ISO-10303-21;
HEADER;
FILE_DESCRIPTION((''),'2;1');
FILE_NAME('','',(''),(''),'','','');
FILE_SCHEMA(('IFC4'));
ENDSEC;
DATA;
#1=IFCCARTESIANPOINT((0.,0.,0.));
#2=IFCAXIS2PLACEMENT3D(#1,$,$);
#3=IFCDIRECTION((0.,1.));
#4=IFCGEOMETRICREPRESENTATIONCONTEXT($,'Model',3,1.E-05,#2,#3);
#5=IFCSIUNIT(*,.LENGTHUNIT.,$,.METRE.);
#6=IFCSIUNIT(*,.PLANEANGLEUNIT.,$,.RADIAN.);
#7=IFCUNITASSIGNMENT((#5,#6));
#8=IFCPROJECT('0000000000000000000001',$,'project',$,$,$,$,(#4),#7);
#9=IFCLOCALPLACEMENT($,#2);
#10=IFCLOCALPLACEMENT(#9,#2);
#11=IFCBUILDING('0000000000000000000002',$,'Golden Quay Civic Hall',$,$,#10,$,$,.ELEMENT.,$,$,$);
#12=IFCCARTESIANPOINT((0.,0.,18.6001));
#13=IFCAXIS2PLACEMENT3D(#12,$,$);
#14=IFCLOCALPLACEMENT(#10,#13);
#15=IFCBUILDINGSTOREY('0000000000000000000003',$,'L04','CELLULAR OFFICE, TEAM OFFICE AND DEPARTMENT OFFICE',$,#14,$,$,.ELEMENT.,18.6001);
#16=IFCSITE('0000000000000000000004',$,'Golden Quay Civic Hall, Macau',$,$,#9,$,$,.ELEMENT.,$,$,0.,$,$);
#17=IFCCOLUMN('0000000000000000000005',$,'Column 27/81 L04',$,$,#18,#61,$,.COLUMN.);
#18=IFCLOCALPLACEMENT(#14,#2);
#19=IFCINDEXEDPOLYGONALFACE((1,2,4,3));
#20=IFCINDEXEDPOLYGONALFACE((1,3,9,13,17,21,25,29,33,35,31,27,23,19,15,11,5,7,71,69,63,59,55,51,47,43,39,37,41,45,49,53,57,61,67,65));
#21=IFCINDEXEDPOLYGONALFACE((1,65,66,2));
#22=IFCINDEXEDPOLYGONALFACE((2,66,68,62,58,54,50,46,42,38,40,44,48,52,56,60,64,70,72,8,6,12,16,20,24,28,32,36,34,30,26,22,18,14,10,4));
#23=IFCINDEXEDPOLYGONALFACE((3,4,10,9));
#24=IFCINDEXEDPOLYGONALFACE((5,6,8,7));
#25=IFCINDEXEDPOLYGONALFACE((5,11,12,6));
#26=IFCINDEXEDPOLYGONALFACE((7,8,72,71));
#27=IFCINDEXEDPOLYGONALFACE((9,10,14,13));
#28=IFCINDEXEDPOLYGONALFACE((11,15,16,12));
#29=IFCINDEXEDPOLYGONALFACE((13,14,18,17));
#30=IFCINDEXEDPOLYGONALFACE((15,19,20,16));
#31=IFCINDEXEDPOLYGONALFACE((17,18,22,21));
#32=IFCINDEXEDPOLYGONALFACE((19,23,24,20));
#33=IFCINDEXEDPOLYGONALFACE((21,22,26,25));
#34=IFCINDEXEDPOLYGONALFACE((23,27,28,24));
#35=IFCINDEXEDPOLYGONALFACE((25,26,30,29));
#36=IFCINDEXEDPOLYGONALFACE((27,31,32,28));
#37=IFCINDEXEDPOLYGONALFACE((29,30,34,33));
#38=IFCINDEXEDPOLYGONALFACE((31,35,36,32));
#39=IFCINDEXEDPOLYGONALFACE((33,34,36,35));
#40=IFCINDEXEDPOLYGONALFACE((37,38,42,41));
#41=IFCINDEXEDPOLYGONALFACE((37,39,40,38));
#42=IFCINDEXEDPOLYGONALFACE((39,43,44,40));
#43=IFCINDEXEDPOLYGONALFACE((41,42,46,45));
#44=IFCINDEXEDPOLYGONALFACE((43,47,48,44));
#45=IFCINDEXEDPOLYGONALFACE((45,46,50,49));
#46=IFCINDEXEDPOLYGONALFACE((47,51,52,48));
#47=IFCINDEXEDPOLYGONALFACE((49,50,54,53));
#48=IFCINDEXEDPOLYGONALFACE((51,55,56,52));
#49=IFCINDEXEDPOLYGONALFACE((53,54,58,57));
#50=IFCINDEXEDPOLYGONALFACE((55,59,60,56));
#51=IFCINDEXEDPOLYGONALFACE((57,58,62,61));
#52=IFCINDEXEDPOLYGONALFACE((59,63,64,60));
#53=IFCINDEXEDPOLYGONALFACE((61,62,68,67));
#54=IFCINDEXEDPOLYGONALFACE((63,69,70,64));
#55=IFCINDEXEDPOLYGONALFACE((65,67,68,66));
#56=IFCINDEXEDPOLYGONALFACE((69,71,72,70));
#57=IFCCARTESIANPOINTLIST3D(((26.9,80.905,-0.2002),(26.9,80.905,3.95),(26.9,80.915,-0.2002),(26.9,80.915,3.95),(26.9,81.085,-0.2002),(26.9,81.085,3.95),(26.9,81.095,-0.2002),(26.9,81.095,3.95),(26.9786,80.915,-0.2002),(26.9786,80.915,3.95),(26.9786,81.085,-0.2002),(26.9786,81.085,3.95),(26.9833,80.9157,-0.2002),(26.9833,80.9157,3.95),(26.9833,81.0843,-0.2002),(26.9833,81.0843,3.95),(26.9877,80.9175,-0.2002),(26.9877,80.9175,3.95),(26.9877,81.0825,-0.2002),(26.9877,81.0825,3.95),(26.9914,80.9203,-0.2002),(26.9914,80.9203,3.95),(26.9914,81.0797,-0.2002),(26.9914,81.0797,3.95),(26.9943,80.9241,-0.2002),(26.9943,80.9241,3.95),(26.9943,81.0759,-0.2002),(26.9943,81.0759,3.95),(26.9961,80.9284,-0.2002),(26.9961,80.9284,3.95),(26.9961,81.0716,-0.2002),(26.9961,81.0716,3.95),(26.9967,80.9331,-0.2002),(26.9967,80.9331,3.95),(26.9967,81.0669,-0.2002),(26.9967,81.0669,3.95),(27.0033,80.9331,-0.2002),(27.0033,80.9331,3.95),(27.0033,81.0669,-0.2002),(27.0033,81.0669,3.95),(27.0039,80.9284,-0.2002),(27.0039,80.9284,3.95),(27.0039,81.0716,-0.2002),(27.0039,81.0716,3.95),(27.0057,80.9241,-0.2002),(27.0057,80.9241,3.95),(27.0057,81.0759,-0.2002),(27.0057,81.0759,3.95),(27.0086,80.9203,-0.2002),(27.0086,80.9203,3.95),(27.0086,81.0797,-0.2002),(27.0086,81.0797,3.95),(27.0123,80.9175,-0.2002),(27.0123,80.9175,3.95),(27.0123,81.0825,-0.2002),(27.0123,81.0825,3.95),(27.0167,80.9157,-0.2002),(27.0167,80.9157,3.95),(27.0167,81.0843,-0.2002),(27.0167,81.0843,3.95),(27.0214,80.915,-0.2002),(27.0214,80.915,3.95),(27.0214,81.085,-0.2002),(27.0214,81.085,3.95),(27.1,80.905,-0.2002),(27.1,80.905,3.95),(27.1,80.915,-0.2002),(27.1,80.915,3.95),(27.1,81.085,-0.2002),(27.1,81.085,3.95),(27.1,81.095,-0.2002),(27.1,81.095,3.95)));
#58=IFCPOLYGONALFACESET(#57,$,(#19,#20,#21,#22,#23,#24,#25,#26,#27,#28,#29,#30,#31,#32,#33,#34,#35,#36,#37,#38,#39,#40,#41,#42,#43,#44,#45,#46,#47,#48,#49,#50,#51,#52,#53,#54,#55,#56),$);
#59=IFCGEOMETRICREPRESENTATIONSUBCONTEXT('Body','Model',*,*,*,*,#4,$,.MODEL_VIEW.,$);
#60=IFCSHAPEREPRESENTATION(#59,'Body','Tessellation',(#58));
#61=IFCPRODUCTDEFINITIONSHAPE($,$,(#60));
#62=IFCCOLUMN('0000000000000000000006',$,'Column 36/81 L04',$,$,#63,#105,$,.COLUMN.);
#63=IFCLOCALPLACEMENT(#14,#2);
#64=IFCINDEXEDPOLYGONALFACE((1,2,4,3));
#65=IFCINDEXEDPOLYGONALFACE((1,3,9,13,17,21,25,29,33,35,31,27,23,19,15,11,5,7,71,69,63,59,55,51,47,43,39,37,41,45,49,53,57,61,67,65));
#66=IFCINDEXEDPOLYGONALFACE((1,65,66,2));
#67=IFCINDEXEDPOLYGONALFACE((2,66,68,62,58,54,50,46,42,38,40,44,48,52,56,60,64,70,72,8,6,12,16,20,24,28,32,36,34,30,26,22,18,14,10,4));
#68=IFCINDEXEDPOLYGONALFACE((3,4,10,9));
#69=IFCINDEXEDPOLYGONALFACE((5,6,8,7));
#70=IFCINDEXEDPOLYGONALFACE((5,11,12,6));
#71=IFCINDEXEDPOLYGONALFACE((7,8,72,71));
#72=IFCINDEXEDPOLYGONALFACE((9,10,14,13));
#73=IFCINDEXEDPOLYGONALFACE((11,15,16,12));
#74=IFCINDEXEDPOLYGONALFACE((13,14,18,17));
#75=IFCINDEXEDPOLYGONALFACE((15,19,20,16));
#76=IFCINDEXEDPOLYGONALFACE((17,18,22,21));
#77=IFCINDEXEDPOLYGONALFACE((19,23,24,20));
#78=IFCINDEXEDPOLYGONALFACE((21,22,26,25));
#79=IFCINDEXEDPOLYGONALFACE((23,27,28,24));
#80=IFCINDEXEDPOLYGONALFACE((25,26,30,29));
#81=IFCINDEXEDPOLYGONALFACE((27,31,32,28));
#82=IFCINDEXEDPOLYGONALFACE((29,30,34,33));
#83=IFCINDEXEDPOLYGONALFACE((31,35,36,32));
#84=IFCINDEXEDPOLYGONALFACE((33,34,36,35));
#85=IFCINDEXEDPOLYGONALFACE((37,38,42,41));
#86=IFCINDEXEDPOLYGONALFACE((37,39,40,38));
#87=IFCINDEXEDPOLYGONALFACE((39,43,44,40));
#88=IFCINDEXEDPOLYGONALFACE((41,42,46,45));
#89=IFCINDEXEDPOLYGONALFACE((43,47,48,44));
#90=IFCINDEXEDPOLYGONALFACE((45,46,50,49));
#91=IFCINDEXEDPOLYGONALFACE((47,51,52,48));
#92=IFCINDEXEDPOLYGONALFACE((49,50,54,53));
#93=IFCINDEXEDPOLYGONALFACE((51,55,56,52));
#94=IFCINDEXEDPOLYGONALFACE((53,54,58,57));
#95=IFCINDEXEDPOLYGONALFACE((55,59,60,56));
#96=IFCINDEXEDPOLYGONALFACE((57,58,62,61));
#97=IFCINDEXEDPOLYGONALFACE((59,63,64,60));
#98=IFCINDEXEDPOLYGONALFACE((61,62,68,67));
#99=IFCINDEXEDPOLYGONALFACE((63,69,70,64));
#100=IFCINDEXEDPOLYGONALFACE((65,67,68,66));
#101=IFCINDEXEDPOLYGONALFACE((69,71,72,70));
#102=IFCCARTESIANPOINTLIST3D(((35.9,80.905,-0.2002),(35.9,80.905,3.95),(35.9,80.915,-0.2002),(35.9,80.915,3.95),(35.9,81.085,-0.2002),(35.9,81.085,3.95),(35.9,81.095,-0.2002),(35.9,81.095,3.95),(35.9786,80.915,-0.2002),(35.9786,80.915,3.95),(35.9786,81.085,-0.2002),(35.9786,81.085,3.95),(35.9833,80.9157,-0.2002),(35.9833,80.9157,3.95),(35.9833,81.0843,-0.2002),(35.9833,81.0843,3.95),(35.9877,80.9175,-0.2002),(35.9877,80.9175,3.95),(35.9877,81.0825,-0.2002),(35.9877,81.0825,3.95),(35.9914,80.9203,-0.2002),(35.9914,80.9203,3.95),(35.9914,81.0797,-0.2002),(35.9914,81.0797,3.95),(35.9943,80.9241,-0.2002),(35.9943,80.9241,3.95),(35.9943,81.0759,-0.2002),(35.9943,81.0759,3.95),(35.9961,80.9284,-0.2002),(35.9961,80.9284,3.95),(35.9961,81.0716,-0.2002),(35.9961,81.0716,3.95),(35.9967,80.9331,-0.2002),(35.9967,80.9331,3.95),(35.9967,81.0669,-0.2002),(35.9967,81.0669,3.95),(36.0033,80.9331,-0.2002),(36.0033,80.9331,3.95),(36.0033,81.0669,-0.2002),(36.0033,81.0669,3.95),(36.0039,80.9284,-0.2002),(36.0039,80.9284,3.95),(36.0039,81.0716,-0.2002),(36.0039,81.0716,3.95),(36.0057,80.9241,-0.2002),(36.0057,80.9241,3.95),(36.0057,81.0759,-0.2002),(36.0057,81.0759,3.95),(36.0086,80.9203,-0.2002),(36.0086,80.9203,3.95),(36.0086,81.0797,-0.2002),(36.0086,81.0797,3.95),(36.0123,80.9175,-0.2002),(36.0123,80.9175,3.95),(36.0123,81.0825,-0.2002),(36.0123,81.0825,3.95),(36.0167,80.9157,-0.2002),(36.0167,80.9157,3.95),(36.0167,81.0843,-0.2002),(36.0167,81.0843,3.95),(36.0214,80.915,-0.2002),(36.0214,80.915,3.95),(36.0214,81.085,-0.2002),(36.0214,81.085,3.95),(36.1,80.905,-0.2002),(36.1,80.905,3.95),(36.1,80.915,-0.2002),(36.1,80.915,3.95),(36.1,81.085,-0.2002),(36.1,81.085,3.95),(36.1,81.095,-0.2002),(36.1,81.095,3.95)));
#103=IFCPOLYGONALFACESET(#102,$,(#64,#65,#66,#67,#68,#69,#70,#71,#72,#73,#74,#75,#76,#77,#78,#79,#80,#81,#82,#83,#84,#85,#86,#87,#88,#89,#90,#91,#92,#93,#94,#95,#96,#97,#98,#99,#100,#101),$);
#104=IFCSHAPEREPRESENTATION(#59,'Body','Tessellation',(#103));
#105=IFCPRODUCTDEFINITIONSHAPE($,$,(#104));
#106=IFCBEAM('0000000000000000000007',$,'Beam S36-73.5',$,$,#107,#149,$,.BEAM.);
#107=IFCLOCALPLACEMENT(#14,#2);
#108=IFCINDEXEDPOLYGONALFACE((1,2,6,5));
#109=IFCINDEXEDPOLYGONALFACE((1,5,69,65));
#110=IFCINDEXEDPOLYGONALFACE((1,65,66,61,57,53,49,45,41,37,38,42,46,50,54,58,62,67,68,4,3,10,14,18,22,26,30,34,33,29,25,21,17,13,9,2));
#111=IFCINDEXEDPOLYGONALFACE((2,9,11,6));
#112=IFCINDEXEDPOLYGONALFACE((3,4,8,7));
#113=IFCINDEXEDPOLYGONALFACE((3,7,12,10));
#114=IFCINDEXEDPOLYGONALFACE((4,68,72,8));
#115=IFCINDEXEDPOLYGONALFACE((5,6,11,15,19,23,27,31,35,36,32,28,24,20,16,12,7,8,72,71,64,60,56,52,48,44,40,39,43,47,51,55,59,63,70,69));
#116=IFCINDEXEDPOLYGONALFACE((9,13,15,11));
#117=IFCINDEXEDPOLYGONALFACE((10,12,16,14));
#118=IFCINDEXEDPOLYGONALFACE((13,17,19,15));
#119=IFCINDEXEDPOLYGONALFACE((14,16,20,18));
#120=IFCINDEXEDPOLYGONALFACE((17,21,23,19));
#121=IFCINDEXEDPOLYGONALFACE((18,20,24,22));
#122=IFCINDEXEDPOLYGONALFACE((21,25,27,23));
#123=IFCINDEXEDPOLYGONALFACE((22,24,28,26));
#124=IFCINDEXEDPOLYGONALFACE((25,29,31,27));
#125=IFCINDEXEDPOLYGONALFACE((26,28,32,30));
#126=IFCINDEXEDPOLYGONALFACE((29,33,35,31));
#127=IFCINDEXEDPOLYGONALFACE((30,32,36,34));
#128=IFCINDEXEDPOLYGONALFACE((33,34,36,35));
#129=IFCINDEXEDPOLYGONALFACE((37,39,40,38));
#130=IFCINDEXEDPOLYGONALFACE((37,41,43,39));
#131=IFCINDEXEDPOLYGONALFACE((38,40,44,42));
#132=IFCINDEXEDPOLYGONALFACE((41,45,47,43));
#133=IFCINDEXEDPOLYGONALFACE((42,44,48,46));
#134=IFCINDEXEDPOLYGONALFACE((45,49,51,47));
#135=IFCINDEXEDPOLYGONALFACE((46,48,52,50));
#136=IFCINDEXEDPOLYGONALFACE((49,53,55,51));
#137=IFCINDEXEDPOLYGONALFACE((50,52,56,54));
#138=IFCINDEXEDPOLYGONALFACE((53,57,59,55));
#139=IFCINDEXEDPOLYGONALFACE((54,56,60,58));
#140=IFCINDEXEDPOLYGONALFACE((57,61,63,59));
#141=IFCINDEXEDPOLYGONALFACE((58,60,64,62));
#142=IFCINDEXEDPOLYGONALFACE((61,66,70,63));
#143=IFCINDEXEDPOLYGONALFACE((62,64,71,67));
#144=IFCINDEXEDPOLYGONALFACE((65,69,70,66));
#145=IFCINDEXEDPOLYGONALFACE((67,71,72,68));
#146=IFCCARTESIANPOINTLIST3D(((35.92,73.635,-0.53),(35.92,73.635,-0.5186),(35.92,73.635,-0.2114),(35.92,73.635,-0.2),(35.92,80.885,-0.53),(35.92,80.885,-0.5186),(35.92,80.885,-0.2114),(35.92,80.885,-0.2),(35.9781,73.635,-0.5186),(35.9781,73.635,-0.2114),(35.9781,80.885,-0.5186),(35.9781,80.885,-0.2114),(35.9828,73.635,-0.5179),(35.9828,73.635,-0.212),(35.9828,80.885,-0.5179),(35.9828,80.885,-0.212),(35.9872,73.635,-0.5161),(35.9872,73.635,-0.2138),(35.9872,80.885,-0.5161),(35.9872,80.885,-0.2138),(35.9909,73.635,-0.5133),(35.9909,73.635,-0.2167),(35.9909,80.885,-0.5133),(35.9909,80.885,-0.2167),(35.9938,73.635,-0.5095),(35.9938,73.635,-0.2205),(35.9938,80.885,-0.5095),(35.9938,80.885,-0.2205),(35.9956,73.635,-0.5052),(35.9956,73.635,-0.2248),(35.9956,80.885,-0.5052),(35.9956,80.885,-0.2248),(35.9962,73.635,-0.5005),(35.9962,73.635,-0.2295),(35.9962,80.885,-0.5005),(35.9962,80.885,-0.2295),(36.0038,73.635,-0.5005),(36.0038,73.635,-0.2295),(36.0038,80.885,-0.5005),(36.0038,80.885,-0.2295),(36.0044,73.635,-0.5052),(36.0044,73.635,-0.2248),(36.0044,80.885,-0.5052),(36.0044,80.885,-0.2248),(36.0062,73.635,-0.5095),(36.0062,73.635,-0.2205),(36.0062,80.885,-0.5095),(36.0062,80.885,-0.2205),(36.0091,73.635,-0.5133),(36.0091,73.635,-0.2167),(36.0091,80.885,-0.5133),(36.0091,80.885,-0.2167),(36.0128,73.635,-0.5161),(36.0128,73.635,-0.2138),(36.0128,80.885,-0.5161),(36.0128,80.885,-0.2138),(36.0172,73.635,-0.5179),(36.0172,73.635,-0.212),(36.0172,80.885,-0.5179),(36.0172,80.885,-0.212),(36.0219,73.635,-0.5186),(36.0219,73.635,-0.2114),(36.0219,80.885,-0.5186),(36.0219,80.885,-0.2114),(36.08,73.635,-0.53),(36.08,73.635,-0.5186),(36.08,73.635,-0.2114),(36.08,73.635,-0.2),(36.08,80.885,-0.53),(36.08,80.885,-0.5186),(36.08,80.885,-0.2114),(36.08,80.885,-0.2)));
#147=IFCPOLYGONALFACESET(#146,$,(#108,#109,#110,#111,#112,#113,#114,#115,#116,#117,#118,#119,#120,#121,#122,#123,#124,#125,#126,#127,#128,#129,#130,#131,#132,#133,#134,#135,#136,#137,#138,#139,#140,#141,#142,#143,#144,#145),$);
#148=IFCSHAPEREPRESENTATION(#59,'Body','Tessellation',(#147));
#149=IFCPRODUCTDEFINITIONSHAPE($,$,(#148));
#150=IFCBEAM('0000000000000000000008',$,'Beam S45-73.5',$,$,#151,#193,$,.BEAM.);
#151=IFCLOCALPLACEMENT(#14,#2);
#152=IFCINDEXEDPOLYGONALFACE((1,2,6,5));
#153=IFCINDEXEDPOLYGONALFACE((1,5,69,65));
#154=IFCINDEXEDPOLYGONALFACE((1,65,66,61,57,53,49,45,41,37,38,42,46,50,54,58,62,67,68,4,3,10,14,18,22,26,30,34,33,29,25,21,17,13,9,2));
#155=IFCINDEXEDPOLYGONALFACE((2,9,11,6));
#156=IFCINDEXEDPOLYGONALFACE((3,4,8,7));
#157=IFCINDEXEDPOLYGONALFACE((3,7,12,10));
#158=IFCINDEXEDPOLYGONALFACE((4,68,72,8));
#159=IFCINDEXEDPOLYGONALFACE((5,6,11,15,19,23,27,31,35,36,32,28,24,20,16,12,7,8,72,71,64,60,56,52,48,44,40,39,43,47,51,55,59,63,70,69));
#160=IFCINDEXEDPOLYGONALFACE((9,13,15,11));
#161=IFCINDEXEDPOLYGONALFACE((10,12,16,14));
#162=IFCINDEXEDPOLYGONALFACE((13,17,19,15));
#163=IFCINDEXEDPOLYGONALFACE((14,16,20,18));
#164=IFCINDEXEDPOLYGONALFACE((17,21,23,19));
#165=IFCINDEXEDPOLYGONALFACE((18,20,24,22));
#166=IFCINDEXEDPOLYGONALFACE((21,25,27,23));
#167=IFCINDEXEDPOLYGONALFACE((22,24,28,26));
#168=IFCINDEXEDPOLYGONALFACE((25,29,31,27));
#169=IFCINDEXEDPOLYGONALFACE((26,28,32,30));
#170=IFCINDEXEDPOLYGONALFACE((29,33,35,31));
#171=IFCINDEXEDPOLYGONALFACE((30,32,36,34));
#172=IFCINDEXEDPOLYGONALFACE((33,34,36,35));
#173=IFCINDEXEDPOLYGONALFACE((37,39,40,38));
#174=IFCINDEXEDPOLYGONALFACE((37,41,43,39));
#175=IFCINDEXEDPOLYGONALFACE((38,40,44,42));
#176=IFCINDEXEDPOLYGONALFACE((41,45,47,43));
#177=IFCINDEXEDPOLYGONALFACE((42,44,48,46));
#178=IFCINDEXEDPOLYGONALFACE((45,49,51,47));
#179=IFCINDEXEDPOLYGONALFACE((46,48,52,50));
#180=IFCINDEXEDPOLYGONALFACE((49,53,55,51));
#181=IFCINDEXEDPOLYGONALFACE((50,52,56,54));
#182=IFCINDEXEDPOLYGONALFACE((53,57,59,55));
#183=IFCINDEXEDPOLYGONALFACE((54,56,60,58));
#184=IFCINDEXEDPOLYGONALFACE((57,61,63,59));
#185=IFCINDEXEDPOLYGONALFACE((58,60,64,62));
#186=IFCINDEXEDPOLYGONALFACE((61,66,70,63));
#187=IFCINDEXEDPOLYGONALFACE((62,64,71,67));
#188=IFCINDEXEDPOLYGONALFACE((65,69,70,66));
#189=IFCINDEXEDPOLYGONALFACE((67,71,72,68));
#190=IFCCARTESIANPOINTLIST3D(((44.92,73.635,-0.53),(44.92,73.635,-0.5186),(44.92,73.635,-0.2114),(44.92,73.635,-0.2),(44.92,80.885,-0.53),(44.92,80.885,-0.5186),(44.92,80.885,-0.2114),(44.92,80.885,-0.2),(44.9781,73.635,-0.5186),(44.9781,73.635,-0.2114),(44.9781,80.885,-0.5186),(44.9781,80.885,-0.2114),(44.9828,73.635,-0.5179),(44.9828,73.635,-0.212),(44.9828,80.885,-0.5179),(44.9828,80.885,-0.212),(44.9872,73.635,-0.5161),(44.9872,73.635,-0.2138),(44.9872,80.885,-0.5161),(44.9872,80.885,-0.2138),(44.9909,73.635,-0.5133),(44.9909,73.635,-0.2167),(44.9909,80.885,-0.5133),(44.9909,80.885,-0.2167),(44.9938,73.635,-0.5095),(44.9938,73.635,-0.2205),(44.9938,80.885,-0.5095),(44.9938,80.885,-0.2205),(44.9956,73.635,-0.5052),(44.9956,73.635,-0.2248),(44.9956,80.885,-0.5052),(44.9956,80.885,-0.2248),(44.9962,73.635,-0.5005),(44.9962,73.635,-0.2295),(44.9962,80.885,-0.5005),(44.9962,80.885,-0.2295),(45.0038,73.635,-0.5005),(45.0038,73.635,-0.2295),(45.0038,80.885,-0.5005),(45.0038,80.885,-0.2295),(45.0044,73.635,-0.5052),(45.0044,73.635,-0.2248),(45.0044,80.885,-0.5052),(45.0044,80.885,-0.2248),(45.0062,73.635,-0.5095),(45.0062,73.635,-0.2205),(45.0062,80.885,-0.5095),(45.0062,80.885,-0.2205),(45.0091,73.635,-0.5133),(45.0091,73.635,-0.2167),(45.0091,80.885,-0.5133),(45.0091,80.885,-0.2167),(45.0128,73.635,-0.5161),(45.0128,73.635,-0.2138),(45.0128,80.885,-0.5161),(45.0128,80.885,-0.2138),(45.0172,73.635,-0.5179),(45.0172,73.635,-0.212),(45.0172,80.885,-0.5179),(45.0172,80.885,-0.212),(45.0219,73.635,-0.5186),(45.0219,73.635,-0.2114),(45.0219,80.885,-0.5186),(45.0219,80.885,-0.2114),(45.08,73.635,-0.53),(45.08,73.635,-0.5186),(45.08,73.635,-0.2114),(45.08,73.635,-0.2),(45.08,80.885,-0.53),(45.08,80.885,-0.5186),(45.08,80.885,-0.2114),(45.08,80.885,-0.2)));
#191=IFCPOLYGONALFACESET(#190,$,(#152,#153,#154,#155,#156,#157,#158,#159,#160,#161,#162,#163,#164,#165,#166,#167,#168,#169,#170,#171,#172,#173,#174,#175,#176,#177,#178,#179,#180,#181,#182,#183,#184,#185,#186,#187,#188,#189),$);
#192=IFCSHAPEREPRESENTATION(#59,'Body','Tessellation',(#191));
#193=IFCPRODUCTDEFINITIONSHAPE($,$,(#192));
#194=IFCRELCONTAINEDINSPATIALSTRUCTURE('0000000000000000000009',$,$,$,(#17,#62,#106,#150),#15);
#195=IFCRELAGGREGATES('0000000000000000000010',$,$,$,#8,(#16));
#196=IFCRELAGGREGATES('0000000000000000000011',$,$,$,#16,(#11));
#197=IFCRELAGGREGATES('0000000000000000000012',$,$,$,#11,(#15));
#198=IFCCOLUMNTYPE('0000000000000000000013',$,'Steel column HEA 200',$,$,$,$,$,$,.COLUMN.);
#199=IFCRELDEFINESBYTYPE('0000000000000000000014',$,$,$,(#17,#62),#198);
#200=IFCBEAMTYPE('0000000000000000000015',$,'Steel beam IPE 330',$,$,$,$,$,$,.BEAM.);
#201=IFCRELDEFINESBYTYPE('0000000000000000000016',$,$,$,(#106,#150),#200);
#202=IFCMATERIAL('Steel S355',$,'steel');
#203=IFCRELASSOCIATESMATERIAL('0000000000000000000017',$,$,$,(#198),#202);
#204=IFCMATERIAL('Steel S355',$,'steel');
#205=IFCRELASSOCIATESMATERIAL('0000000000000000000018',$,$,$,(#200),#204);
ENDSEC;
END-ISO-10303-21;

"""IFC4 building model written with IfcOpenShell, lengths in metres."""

from ifc_helpers import new_model, si_unit, direction, frame, origin, origin_2d, place, context, subcontext, project, spatial, i_section, extrude, material, material_profile, profile_set, type_object, element, save


model = new_model("IFC4")

# Units and contexts
model_context = context("Model", 3, precision=1e-05, world=origin(), true_north=direction((0.0, 1.0)))
body_context = subcontext(model_context, "Body", "Model", "MODEL_VIEW")
ifc_project = project(units=[si_unit("LENGTHUNIT", "METRE"), si_unit("PLANEANGLEUNIT", "RADIAN")], contexts=[model_context])

# Site, building, storey
site_placement = place(None, origin())
site = spatial("IfcSite", under=ifc_project, at=site_placement, Name="Golden Quay Civic Hall, Macau", CompositionType="ELEMENT", RefElevation=0.0)
building_placement = place(site_placement, origin())
building = spatial("IfcBuilding", under=site, at=building_placement, Name="Golden Quay Civic Hall", CompositionType="ELEMENT")
storey_placement = place(building_placement, frame((0.0, 0.0, 18.6001)))
storey = spatial("IfcBuildingStorey", under=building, at=storey_placement, Name="L04", Description="CELLULAR OFFICE, TEAM OFFICE AND DEPARTMENT OFFICE", CompositionType="ELEMENT", Elevation=18.6001)

# Columns
ifc_material_1 = material(Name="Steel S355", Category="steel")
ifc_material_profile_1 = material_profile(ifc_material_1, i_section(OverallWidth=0.2, OverallDepth=0.1899, WebThickness=0.0066, FlangeThickness=0.01, FilletRadius=0.0181, at=origin_2d()), Name="HEA 200")
ifc_profile_set_1 = profile_set([ifc_material_profile_1], Name="Steel S355")
column_type = type_object("IfcColumnType", Name="Steel column HEA 200", PredefinedType="COLUMN", material=ifc_profile_set_1)
for number, where, z_axis, x_axis, name in (
    (1, (27.0, 81.0, -0.2002), (0.0, 0.0, 1.0), (1.0, 0.0, 0.0), "Column 27/81 L04"),
    (2, (36.0, 81.0, -0.2002), (0.0, 0.0, 1.0), (1.0, 0.0, 0.0), "Column 36/81 L04"),
):
    element("IfcColumn", number, at=place(storey_placement, frame(where, z_axis=z_axis, x_axis=x_axis)), inside=storey, type_object=column_type, Name=name, PredefinedType="COLUMN", context=body_context, shape_type="SweptSolid", body=[
        extrude(i_section(OverallWidth=0.2, OverallDepth=0.1899, WebThickness=0.0066, FlangeThickness=0.01, FilletRadius=0.0181, at=origin_2d()), origin(), (0.0, 0.0, 1.0), 4.1501),
    ])

# Beams
ifc_material_2 = material(Name="Steel S355", Category="steel")
ifc_material_profile_2 = material_profile(ifc_material_2, i_section(OverallWidth=0.1599, OverallDepth=0.3301, WebThickness=0.0076, FlangeThickness=0.0115, FilletRadius=0.0181, at=origin_2d()), Name="IPE 330")
ifc_profile_set_2 = profile_set([ifc_material_profile_2], Name="Steel S355")
beam_type_1 = type_object("IfcBeamType", Name="Steel beam IPE 330", PredefinedType="BEAM", material=ifc_profile_set_2)
for number, where, z_axis, x_axis, name in (
    (3, (36.0, 73.635, -0.365), (0.0, 1.0, 0.0), (-1.0, 0.0, 0.0), "Beam S36-73.5"),
    (4, (45.0, 73.635, -0.365), (0.0, 1.0, 0.0), (-1.0, 0.0, 0.0), "Beam S45-73.5"),
):
    element("IfcBeam", number, at=place(storey_placement, frame(where, z_axis=z_axis, x_axis=x_axis)), inside=storey, type_object=beam_type_1, Name=name, PredefinedType="BEAM", context=body_context, shape_type="SweptSolid", body=[
        extrude(i_section(OverallWidth=0.1599, OverallDepth=0.3301, WebThickness=0.0076, FlangeThickness=0.0115, FilletRadius=0.0181, at=origin_2d()), origin(), (0.0, 0.0, 1.0), 7.25),
    ])

save(model, "model.ifc")
